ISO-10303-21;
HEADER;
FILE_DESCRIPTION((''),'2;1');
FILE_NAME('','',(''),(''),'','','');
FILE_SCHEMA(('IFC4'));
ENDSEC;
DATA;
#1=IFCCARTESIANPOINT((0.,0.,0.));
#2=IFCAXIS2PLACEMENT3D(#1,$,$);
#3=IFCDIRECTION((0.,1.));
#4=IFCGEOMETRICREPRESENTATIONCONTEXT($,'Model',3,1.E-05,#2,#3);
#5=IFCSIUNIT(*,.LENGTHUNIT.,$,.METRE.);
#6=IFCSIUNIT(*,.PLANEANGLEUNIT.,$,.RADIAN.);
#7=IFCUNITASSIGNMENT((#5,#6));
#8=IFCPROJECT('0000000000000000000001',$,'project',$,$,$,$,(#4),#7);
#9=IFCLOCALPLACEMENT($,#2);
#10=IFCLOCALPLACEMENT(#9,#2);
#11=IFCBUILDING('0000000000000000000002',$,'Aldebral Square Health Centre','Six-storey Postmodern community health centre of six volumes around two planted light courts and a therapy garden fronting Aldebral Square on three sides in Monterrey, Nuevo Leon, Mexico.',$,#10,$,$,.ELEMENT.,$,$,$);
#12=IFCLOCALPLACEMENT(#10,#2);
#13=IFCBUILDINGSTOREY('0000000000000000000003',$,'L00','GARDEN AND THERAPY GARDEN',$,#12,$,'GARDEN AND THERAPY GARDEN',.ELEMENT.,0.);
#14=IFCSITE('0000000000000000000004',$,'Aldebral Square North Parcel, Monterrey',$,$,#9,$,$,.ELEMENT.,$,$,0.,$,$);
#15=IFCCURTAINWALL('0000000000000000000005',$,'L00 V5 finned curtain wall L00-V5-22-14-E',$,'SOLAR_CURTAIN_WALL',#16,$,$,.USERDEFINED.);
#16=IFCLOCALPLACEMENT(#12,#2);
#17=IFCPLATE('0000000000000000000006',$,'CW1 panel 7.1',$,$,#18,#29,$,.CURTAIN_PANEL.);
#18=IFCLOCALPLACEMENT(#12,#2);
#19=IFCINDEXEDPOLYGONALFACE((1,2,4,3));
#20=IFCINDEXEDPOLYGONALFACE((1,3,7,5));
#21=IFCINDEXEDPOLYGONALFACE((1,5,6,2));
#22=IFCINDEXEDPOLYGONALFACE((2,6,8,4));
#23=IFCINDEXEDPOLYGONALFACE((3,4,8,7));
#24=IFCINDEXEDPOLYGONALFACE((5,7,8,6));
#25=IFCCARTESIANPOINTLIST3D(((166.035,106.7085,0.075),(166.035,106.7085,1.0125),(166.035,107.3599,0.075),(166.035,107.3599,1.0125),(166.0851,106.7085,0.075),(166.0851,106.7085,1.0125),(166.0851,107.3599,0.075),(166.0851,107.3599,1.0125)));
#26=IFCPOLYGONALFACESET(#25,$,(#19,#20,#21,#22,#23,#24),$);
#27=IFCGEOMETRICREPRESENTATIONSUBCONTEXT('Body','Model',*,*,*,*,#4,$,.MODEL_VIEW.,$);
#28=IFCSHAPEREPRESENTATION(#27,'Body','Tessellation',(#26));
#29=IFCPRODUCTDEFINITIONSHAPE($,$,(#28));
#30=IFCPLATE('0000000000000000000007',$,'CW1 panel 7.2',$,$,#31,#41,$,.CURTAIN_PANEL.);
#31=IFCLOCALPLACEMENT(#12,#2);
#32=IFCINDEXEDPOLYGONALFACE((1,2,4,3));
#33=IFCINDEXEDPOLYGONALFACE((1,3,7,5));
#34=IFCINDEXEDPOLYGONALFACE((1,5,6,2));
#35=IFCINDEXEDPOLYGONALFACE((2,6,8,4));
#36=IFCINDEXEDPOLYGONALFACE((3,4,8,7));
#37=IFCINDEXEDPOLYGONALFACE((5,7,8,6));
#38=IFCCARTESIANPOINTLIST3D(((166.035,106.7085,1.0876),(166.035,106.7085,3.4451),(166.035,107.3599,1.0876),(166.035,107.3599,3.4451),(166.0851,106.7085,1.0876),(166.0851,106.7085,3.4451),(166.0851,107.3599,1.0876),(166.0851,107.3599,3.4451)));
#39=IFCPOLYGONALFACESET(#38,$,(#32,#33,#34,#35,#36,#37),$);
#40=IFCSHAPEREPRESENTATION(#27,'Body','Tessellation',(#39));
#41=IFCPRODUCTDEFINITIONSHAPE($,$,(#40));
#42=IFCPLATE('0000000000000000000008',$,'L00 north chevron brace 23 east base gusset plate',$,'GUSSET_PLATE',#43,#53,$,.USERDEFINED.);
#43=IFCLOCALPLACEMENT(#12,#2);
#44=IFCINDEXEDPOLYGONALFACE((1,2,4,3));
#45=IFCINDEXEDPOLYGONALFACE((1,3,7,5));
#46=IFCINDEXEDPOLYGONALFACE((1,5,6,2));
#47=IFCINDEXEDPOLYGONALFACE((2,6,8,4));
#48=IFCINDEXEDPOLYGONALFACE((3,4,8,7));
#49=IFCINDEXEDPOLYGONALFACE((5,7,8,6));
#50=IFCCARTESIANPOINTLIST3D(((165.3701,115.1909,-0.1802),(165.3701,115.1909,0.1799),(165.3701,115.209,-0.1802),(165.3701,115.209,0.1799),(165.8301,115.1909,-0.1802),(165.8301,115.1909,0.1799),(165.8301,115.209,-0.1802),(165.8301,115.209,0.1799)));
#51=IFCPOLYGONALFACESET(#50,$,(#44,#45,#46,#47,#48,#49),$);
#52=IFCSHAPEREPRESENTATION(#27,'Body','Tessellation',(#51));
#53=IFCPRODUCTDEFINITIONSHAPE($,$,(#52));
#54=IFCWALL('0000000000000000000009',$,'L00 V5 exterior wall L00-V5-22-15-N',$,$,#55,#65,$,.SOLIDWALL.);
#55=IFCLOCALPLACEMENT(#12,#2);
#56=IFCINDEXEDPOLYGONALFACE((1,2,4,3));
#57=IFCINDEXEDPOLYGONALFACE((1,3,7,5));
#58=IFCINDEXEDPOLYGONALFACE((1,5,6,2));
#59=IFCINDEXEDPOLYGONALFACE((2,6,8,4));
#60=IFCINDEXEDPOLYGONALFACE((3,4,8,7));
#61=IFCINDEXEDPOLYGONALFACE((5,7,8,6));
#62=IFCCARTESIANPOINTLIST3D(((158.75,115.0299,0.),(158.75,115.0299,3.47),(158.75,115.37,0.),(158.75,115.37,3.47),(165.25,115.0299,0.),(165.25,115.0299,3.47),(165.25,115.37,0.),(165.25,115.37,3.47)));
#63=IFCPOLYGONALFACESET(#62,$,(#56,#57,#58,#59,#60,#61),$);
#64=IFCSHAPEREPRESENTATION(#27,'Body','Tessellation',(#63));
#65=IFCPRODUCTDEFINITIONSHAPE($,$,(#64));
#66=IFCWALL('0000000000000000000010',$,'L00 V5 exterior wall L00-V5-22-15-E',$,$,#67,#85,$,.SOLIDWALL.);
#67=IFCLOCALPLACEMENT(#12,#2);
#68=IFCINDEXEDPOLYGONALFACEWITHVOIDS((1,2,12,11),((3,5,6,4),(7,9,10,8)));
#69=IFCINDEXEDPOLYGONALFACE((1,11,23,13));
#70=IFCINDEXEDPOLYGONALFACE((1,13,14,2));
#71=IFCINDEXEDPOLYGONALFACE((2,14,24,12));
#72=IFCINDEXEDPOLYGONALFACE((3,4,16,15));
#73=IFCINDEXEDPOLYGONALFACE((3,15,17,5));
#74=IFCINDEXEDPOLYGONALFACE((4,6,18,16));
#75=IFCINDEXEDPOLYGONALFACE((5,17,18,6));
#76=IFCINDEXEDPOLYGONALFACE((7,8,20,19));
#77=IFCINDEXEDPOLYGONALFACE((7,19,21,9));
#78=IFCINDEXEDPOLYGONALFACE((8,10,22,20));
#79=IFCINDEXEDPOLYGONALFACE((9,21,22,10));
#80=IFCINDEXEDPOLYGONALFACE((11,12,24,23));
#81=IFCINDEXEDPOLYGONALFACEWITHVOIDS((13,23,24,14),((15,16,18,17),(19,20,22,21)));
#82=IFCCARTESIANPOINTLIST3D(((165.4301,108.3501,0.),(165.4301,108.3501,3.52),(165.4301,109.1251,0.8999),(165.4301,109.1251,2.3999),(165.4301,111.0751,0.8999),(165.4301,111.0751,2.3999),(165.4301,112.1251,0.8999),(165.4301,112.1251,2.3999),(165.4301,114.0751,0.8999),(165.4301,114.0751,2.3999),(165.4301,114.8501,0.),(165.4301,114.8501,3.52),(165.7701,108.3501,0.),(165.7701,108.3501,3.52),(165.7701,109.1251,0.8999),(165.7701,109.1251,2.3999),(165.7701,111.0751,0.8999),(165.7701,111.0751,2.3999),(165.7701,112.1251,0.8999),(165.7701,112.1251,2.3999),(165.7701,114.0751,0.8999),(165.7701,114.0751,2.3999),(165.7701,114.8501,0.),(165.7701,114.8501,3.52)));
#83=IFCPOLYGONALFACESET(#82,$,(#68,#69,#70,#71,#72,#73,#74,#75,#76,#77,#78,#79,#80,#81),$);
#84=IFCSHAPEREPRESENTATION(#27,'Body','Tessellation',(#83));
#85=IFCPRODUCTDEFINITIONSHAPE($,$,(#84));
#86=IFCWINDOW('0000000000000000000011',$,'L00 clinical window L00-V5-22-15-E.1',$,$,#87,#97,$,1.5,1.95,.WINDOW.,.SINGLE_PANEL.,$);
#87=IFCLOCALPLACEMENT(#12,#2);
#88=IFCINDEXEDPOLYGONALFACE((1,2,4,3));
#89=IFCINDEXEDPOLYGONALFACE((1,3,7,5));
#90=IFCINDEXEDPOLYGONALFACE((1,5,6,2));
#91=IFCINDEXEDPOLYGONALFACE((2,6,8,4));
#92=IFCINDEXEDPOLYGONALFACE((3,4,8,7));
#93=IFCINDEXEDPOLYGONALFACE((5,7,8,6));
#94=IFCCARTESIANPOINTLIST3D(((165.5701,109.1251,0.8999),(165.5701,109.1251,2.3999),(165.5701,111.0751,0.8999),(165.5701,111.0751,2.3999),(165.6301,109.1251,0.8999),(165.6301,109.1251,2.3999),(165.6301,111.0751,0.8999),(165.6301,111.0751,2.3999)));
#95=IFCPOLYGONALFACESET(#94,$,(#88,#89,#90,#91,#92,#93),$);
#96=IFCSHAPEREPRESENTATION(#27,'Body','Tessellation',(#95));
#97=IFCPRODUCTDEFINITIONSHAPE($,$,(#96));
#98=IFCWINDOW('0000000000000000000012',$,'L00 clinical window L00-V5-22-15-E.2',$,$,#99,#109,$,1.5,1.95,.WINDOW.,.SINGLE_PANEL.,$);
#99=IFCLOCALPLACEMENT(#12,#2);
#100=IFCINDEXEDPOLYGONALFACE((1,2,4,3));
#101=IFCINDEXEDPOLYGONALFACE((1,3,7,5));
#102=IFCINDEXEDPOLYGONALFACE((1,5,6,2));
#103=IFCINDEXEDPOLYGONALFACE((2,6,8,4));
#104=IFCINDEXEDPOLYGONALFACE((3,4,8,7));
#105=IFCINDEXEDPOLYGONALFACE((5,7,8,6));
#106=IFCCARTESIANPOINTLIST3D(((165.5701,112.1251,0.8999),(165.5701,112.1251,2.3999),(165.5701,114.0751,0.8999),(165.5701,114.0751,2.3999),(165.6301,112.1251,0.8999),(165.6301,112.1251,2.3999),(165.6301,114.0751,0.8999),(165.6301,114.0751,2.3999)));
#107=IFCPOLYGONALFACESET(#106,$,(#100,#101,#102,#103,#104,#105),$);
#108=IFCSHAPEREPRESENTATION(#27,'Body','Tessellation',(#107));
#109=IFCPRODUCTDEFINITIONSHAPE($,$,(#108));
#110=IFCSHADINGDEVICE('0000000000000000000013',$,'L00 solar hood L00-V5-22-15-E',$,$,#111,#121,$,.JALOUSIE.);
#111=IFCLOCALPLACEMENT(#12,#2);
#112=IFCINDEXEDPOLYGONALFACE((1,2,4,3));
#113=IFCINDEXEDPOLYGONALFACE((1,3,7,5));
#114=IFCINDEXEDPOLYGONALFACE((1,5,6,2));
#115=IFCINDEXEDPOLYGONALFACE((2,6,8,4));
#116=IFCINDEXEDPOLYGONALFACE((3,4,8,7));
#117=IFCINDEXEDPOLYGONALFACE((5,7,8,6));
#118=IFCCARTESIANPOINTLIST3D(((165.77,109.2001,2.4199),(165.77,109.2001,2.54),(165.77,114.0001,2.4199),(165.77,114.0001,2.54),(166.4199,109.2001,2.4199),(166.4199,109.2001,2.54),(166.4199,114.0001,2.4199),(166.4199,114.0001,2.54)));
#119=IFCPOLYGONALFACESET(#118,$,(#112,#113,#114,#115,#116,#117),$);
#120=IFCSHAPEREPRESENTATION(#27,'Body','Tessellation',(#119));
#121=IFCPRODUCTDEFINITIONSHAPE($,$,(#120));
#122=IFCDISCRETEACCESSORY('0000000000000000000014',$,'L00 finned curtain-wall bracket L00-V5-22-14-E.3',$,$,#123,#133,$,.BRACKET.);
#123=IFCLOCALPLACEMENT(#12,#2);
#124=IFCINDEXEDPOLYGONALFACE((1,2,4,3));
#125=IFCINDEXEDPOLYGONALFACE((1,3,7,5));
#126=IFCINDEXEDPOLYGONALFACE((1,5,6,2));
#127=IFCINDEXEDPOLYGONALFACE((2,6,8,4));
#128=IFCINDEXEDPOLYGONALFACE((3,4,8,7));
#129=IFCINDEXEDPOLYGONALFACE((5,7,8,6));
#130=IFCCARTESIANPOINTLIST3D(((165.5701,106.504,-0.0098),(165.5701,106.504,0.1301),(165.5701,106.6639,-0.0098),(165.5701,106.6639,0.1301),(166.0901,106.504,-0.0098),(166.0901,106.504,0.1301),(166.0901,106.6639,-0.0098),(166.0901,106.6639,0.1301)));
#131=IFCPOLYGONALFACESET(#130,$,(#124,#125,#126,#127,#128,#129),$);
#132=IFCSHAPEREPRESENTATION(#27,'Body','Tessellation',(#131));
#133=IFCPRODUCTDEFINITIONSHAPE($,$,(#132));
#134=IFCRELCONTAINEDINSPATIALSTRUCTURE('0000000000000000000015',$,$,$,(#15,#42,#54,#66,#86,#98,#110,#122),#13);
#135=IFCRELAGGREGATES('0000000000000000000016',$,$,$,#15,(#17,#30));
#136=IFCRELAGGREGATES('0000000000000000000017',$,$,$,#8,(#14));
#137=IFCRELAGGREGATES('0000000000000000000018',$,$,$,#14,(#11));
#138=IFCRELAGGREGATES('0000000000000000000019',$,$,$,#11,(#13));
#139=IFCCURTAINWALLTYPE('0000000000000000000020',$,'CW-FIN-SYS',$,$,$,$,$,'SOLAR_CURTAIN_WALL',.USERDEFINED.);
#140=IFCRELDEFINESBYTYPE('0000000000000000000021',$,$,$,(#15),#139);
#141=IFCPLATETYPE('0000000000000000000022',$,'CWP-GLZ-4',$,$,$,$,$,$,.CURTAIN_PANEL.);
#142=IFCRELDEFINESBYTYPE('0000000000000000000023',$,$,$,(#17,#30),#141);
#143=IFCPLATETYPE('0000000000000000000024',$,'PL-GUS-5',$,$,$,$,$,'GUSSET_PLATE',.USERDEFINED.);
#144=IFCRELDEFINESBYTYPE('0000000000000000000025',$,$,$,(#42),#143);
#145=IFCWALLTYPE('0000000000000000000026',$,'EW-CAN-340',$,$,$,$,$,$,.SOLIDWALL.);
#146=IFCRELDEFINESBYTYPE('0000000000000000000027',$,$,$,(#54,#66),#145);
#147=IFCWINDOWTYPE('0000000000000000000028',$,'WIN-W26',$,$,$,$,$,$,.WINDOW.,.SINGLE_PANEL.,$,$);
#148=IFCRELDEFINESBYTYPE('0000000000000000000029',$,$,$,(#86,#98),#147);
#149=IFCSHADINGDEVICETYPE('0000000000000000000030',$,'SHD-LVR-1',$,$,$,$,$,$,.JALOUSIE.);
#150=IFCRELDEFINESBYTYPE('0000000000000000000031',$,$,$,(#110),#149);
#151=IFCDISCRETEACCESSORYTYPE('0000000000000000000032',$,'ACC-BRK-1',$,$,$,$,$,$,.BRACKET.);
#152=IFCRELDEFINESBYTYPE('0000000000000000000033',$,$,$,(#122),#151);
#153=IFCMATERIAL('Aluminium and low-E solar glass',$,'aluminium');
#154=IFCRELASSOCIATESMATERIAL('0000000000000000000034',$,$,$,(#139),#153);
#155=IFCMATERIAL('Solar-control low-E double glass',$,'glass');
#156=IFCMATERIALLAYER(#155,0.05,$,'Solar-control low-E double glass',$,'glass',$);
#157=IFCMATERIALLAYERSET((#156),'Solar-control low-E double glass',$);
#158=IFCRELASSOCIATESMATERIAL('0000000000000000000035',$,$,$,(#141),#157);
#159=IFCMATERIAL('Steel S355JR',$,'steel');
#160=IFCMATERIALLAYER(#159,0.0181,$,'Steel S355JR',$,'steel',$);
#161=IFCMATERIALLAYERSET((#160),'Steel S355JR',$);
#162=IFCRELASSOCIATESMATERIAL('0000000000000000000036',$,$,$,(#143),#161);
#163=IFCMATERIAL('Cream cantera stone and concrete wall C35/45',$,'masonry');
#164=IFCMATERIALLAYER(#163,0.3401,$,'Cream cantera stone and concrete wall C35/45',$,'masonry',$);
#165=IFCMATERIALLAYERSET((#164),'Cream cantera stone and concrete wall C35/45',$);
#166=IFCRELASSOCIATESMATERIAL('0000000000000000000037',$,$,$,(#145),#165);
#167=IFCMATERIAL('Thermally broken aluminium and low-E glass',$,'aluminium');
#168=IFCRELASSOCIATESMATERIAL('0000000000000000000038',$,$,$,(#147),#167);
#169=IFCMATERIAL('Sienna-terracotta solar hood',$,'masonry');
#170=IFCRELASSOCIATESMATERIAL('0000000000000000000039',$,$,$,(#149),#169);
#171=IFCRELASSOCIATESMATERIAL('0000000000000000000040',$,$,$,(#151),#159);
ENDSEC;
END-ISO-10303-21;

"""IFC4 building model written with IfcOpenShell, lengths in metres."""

from ifc_helpers import new_model, si_unit, direction, frame, frame_2d, origin, origin_2d, place, context, subcontext, project, spatial, rectangle, extrude, material, layer, layer_set, type_object, element, fill, aggregate, save


model = new_model("IFC4")

# Units and contexts
model_context = context("Model", 3, precision=1e-05, world=origin(), true_north=direction((0.0, 1.0)))
body_context = subcontext(model_context, "Body", "Model", "MODEL_VIEW")
ifc_project = project(units=[si_unit("LENGTHUNIT", "METRE"), si_unit("PLANEANGLEUNIT", "RADIAN")], contexts=[model_context])

# Site, building, storey
site_placement = place(None, origin())
site = spatial("IfcSite", under=ifc_project, at=site_placement, Name="Aldebral Square North Parcel, Monterrey", CompositionType="ELEMENT", RefElevation=0.0)
building_placement = place(site_placement, origin())
building = spatial("IfcBuilding", under=site, at=building_placement, Name="Aldebral Square Health Centre", Description="Six-storey Postmodern community health centre of six volumes around two planted light courts and a therapy garden fronting Aldebral Square on three sides in Monterrey, Nuevo Leon, Mexico.", CompositionType="ELEMENT")
storey_placement = place(building_placement, origin())
storey = spatial("IfcBuildingStorey", under=building, at=storey_placement, Name="L00", Description="GARDEN AND THERAPY GARDEN", LongName="GARDEN AND THERAPY GARDEN", CompositionType="ELEMENT", Elevation=0.0)

# Curtain wall
ifc_material_1 = material(Name="Aluminium and low-E solar glass", Category="aluminium")
curtain_wall_type = type_object("IfcCurtainWallType", Name="CW-FIN-SYS", ElementType="SOLAR_CURTAIN_WALL", PredefinedType="USERDEFINED", material=ifc_material_1)
curtain_wall_placement = place(storey_placement, origin())
curtain_wall = element("IfcCurtainWall", 1, at=curtain_wall_placement, inside=storey, type_object=curtain_wall_type, Name="L00 V5 finned curtain wall L00-V5-22-14-E", ObjectType="SOLAR_CURTAIN_WALL", PredefinedType="USERDEFINED")

# Shared definitions
ifc_material_2 = material(Name="Steel S355JR", Category="steel")

# Plates
ifc_material_3 = material(Name="Solar-control low-E double glass", Category="glass")
ifc_layer_1 = layer(ifc_material_3, 0.05, Name="Solar-control low-E double glass", Category="glass")
ifc_layer_set_1 = layer_set([ifc_layer_1], Name="Solar-control low-E double glass")
plate_type_1 = type_object("IfcPlateType", Name="CWP-GLZ-4", PredefinedType="CURTAIN_PANEL", material=ifc_layer_set_1)
plate_1_placement = place(storey_placement, frame((166.0601, 107.0342, 0.075), z_axis=(0.0, 0.0, 1.0), x_axis=(0.0, 1.0, 0.0)))
plate_1 = element("IfcPlate", 2, at=plate_1_placement, type_object=plate_type_1, Name="CW1 panel 7.1", PredefinedType="CURTAIN_PANEL", context=body_context, shape_type="SweptSolid", body=[
    extrude(rectangle(XDim=0.6514, YDim=0.05, at=origin_2d()), origin(), (0.0, 0.0, 1.0), 0.9375),
])
plate_2_placement = place(storey_placement, frame((166.0601, 107.0342, 1.0876), z_axis=(0.0, 0.0, 1.0), x_axis=(0.0, 1.0, 0.0)))
plate_2 = element("IfcPlate", 3, at=plate_2_placement, type_object=plate_type_1, Name="CW1 panel 7.2", PredefinedType="CURTAIN_PANEL", context=body_context, shape_type="SweptSolid", body=[
    extrude(rectangle(XDim=0.6514, YDim=0.05, at=origin_2d()), origin(), (0.0, 0.0, 1.0), 2.3574),
])
aggregate(curtain_wall, [plate_1, plate_2])
ifc_layer_2 = layer(ifc_material_2, 0.0181, Name="Steel S355JR", Category="steel")
ifc_layer_set_2 = layer_set([ifc_layer_2], Name="Steel S355JR")
plate_type_2 = type_object("IfcPlateType", Name="PL-GUS-5", ElementType="GUSSET_PLATE", PredefinedType="USERDEFINED", material=ifc_layer_set_2)
plate_3_placement = place(storey_placement, frame((165.6001, 115.2, -0.1802), z_axis=(0.0, 0.0, 1.0), x_axis=(1.0, 0.0, 0.0)))
element("IfcPlate", 4, at=plate_3_placement, inside=storey, type_object=plate_type_2, Name="L00 north chevron brace 23 east base gusset plate", ObjectType="GUSSET_PLATE", PredefinedType="USERDEFINED", context=body_context, shape_type="SweptSolid", body=[
    extrude(rectangle(XDim=0.46, YDim=0.0181, at=origin_2d()), origin(), (0.0, 0.0, 1.0), 0.3601),
])

# Wall
ifc_material_4 = material(Name="Cream cantera stone and concrete wall C35/45", Category="masonry")
ifc_layer_3 = layer(ifc_material_4, 0.3401, Name="Cream cantera stone and concrete wall C35/45", Category="masonry")
ifc_layer_set_3 = layer_set([ifc_layer_3], Name="Cream cantera stone and concrete wall C35/45")
wall_type = type_object("IfcWallType", Name="EW-CAN-340", PredefinedType="SOLIDWALL", material=ifc_layer_set_3)
wall_1_placement = place(storey_placement, frame((165.25, 115.2, 0.0), z_axis=(0.0, 0.0, 1.0), x_axis=(-1.0, 0.0, 0.0)))
element("IfcWall", 5, at=wall_1_placement, inside=storey, type_object=wall_type, Name="L00 V5 exterior wall L00-V5-22-15-N", PredefinedType="SOLIDWALL", context=body_context, shape_type="SweptSolid", body=[
    extrude(rectangle(XDim=6.5, YDim=0.3401, at=frame_2d((3.25, 0.0))), origin(), (0.0, 0.0, 1.0), 3.47),
])

# Wall, openings, windows
wall_2_placement = place(storey_placement, frame((165.6001, 108.3501, 0.0), z_axis=(0.0, 0.0, 1.0), x_axis=(0.0, 1.0, 0.0)))
wall_2 = element("IfcWall", 6, at=wall_2_placement, inside=storey, type_object=wall_type, Name="L00 V5 exterior wall L00-V5-22-15-E", PredefinedType="SOLIDWALL", context=body_context, shape_type="SweptSolid", body=[
    extrude(rectangle(XDim=6.5, YDim=0.3401, at=frame_2d((3.25, 0.0))), origin(), (0.0, 0.0, 1.0), 3.52),
])
opening_1_placement = place(wall_2_placement, frame((0.7749, 0.0, 0.8999)))
opening_1 = element("IfcOpeningElement", 7, at=opening_1_placement, cuts=wall_2, PredefinedType="OPENING", context=body_context, shape_type="SweptSolid", body=[
    extrude(rectangle(XDim=1.95, YDim=1.5, at=frame_2d((0.9751, 0.75))), frame((0.0, 0.1802, 0.0), z_axis=(0.0, -1.0, 0.0), x_axis=(1.0, 0.0, 0.0)), (0.0, 0.0, 1.0), 0.3601),
])
opening_2_placement = place(wall_2_placement, frame((3.7749, 0.0, 0.8999)))
opening_2 = element("IfcOpeningElement", 8, at=opening_2_placement, cuts=wall_2, PredefinedType="OPENING", context=body_context, shape_type="SweptSolid", body=[
    extrude(rectangle(XDim=1.95, YDim=1.5, at=frame_2d((0.9751, 0.75))), frame((0.0, 0.1802, 0.0), z_axis=(0.0, -1.0, 0.0), x_axis=(1.0, 0.0, 0.0)), (0.0, 0.0, 1.0), 0.3601),
])
ifc_material_5 = material(Name="Thermally broken aluminium and low-E glass", Category="aluminium")
window_type = type_object("IfcWindowType", Name="WIN-W26", PartitioningType="SINGLE_PANEL", PredefinedType="WINDOW", material=ifc_material_5)
window_1_placement = place(opening_1_placement, origin())
window_1 = element("IfcWindow", 9, at=window_1_placement, inside=storey, type_object=window_type, Name="L00 clinical window L00-V5-22-15-E.1", OverallHeight=1.5, OverallWidth=1.95, PartitioningType="SINGLE_PANEL", PredefinedType="WINDOW", context=body_context, shape_type="SweptSolid", body=[
    extrude(rectangle(XDim=1.95, YDim=1.5, at=frame_2d((0.9751, 0.75))), frame((0.0, 0.03, 0.0), z_axis=(0.0, -1.0, 0.0), x_axis=(1.0, 0.0, 0.0)), (0.0, 0.0, 1.0), 0.0601),
])
fill(opening_1, window_1)
window_2_placement = place(opening_2_placement, origin())
window_2 = element("IfcWindow", 10, at=window_2_placement, inside=storey, type_object=window_type, Name="L00 clinical window L00-V5-22-15-E.2", OverallHeight=1.5, OverallWidth=1.95, PartitioningType="SINGLE_PANEL", PredefinedType="WINDOW", context=body_context, shape_type="SweptSolid", body=[
    extrude(rectangle(XDim=1.95, YDim=1.5, at=frame_2d((0.9751, 0.75))), frame((0.0, 0.03, 0.0), z_axis=(0.0, -1.0, 0.0), x_axis=(1.0, 0.0, 0.0)), (0.0, 0.0, 1.0), 0.0601),
])
fill(opening_2, window_2)

# Shading device
ifc_material_6 = material(Name="Sienna-terracotta solar hood", Category="masonry")
shading_device_type = type_object("IfcShadingDeviceType", Name="SHD-LVR-1", PredefinedType="JALOUSIE", material=ifc_material_6)
shading_device_placement = place(storey_placement, frame((166.095, 111.6001, 2.4199), z_axis=(0.0, 0.0, 1.0), x_axis=(0.0, 1.0, 0.0)))
element("IfcShadingDevice", 11, at=shading_device_placement, inside=storey, type_object=shading_device_type, Name="L00 solar hood L00-V5-22-15-E", PredefinedType="JALOUSIE", context=body_context, shape_type="SweptSolid", body=[
    extrude(rectangle(XDim=4.8, YDim=0.6499, at=origin_2d()), origin(), (0.0, 0.0, 1.0), 0.1201),
])

# Discrete accessory
discrete_accessory_type = type_object("IfcDiscreteAccessoryType", Name="ACC-BRK-1", PredefinedType="BRACKET", material=ifc_material_2)
discrete_accessory_placement = place(storey_placement, frame((165.8301, 106.584, -0.0098), z_axis=(0.0, 0.0, 1.0), x_axis=(0.0, 1.0, 0.0)))
element("IfcDiscreteAccessory", 12, at=discrete_accessory_placement, inside=storey, type_object=discrete_accessory_type, Name="L00 finned curtain-wall bracket L00-V5-22-14-E.3", PredefinedType="BRACKET", context=body_context, shape_type="SweptSolid", body=[
    extrude(rectangle(XDim=0.1599, YDim=0.52, at=origin_2d()), origin(), (0.0, 0.0, 1.0), 0.1399),
])

save(model, "model.ifc")
